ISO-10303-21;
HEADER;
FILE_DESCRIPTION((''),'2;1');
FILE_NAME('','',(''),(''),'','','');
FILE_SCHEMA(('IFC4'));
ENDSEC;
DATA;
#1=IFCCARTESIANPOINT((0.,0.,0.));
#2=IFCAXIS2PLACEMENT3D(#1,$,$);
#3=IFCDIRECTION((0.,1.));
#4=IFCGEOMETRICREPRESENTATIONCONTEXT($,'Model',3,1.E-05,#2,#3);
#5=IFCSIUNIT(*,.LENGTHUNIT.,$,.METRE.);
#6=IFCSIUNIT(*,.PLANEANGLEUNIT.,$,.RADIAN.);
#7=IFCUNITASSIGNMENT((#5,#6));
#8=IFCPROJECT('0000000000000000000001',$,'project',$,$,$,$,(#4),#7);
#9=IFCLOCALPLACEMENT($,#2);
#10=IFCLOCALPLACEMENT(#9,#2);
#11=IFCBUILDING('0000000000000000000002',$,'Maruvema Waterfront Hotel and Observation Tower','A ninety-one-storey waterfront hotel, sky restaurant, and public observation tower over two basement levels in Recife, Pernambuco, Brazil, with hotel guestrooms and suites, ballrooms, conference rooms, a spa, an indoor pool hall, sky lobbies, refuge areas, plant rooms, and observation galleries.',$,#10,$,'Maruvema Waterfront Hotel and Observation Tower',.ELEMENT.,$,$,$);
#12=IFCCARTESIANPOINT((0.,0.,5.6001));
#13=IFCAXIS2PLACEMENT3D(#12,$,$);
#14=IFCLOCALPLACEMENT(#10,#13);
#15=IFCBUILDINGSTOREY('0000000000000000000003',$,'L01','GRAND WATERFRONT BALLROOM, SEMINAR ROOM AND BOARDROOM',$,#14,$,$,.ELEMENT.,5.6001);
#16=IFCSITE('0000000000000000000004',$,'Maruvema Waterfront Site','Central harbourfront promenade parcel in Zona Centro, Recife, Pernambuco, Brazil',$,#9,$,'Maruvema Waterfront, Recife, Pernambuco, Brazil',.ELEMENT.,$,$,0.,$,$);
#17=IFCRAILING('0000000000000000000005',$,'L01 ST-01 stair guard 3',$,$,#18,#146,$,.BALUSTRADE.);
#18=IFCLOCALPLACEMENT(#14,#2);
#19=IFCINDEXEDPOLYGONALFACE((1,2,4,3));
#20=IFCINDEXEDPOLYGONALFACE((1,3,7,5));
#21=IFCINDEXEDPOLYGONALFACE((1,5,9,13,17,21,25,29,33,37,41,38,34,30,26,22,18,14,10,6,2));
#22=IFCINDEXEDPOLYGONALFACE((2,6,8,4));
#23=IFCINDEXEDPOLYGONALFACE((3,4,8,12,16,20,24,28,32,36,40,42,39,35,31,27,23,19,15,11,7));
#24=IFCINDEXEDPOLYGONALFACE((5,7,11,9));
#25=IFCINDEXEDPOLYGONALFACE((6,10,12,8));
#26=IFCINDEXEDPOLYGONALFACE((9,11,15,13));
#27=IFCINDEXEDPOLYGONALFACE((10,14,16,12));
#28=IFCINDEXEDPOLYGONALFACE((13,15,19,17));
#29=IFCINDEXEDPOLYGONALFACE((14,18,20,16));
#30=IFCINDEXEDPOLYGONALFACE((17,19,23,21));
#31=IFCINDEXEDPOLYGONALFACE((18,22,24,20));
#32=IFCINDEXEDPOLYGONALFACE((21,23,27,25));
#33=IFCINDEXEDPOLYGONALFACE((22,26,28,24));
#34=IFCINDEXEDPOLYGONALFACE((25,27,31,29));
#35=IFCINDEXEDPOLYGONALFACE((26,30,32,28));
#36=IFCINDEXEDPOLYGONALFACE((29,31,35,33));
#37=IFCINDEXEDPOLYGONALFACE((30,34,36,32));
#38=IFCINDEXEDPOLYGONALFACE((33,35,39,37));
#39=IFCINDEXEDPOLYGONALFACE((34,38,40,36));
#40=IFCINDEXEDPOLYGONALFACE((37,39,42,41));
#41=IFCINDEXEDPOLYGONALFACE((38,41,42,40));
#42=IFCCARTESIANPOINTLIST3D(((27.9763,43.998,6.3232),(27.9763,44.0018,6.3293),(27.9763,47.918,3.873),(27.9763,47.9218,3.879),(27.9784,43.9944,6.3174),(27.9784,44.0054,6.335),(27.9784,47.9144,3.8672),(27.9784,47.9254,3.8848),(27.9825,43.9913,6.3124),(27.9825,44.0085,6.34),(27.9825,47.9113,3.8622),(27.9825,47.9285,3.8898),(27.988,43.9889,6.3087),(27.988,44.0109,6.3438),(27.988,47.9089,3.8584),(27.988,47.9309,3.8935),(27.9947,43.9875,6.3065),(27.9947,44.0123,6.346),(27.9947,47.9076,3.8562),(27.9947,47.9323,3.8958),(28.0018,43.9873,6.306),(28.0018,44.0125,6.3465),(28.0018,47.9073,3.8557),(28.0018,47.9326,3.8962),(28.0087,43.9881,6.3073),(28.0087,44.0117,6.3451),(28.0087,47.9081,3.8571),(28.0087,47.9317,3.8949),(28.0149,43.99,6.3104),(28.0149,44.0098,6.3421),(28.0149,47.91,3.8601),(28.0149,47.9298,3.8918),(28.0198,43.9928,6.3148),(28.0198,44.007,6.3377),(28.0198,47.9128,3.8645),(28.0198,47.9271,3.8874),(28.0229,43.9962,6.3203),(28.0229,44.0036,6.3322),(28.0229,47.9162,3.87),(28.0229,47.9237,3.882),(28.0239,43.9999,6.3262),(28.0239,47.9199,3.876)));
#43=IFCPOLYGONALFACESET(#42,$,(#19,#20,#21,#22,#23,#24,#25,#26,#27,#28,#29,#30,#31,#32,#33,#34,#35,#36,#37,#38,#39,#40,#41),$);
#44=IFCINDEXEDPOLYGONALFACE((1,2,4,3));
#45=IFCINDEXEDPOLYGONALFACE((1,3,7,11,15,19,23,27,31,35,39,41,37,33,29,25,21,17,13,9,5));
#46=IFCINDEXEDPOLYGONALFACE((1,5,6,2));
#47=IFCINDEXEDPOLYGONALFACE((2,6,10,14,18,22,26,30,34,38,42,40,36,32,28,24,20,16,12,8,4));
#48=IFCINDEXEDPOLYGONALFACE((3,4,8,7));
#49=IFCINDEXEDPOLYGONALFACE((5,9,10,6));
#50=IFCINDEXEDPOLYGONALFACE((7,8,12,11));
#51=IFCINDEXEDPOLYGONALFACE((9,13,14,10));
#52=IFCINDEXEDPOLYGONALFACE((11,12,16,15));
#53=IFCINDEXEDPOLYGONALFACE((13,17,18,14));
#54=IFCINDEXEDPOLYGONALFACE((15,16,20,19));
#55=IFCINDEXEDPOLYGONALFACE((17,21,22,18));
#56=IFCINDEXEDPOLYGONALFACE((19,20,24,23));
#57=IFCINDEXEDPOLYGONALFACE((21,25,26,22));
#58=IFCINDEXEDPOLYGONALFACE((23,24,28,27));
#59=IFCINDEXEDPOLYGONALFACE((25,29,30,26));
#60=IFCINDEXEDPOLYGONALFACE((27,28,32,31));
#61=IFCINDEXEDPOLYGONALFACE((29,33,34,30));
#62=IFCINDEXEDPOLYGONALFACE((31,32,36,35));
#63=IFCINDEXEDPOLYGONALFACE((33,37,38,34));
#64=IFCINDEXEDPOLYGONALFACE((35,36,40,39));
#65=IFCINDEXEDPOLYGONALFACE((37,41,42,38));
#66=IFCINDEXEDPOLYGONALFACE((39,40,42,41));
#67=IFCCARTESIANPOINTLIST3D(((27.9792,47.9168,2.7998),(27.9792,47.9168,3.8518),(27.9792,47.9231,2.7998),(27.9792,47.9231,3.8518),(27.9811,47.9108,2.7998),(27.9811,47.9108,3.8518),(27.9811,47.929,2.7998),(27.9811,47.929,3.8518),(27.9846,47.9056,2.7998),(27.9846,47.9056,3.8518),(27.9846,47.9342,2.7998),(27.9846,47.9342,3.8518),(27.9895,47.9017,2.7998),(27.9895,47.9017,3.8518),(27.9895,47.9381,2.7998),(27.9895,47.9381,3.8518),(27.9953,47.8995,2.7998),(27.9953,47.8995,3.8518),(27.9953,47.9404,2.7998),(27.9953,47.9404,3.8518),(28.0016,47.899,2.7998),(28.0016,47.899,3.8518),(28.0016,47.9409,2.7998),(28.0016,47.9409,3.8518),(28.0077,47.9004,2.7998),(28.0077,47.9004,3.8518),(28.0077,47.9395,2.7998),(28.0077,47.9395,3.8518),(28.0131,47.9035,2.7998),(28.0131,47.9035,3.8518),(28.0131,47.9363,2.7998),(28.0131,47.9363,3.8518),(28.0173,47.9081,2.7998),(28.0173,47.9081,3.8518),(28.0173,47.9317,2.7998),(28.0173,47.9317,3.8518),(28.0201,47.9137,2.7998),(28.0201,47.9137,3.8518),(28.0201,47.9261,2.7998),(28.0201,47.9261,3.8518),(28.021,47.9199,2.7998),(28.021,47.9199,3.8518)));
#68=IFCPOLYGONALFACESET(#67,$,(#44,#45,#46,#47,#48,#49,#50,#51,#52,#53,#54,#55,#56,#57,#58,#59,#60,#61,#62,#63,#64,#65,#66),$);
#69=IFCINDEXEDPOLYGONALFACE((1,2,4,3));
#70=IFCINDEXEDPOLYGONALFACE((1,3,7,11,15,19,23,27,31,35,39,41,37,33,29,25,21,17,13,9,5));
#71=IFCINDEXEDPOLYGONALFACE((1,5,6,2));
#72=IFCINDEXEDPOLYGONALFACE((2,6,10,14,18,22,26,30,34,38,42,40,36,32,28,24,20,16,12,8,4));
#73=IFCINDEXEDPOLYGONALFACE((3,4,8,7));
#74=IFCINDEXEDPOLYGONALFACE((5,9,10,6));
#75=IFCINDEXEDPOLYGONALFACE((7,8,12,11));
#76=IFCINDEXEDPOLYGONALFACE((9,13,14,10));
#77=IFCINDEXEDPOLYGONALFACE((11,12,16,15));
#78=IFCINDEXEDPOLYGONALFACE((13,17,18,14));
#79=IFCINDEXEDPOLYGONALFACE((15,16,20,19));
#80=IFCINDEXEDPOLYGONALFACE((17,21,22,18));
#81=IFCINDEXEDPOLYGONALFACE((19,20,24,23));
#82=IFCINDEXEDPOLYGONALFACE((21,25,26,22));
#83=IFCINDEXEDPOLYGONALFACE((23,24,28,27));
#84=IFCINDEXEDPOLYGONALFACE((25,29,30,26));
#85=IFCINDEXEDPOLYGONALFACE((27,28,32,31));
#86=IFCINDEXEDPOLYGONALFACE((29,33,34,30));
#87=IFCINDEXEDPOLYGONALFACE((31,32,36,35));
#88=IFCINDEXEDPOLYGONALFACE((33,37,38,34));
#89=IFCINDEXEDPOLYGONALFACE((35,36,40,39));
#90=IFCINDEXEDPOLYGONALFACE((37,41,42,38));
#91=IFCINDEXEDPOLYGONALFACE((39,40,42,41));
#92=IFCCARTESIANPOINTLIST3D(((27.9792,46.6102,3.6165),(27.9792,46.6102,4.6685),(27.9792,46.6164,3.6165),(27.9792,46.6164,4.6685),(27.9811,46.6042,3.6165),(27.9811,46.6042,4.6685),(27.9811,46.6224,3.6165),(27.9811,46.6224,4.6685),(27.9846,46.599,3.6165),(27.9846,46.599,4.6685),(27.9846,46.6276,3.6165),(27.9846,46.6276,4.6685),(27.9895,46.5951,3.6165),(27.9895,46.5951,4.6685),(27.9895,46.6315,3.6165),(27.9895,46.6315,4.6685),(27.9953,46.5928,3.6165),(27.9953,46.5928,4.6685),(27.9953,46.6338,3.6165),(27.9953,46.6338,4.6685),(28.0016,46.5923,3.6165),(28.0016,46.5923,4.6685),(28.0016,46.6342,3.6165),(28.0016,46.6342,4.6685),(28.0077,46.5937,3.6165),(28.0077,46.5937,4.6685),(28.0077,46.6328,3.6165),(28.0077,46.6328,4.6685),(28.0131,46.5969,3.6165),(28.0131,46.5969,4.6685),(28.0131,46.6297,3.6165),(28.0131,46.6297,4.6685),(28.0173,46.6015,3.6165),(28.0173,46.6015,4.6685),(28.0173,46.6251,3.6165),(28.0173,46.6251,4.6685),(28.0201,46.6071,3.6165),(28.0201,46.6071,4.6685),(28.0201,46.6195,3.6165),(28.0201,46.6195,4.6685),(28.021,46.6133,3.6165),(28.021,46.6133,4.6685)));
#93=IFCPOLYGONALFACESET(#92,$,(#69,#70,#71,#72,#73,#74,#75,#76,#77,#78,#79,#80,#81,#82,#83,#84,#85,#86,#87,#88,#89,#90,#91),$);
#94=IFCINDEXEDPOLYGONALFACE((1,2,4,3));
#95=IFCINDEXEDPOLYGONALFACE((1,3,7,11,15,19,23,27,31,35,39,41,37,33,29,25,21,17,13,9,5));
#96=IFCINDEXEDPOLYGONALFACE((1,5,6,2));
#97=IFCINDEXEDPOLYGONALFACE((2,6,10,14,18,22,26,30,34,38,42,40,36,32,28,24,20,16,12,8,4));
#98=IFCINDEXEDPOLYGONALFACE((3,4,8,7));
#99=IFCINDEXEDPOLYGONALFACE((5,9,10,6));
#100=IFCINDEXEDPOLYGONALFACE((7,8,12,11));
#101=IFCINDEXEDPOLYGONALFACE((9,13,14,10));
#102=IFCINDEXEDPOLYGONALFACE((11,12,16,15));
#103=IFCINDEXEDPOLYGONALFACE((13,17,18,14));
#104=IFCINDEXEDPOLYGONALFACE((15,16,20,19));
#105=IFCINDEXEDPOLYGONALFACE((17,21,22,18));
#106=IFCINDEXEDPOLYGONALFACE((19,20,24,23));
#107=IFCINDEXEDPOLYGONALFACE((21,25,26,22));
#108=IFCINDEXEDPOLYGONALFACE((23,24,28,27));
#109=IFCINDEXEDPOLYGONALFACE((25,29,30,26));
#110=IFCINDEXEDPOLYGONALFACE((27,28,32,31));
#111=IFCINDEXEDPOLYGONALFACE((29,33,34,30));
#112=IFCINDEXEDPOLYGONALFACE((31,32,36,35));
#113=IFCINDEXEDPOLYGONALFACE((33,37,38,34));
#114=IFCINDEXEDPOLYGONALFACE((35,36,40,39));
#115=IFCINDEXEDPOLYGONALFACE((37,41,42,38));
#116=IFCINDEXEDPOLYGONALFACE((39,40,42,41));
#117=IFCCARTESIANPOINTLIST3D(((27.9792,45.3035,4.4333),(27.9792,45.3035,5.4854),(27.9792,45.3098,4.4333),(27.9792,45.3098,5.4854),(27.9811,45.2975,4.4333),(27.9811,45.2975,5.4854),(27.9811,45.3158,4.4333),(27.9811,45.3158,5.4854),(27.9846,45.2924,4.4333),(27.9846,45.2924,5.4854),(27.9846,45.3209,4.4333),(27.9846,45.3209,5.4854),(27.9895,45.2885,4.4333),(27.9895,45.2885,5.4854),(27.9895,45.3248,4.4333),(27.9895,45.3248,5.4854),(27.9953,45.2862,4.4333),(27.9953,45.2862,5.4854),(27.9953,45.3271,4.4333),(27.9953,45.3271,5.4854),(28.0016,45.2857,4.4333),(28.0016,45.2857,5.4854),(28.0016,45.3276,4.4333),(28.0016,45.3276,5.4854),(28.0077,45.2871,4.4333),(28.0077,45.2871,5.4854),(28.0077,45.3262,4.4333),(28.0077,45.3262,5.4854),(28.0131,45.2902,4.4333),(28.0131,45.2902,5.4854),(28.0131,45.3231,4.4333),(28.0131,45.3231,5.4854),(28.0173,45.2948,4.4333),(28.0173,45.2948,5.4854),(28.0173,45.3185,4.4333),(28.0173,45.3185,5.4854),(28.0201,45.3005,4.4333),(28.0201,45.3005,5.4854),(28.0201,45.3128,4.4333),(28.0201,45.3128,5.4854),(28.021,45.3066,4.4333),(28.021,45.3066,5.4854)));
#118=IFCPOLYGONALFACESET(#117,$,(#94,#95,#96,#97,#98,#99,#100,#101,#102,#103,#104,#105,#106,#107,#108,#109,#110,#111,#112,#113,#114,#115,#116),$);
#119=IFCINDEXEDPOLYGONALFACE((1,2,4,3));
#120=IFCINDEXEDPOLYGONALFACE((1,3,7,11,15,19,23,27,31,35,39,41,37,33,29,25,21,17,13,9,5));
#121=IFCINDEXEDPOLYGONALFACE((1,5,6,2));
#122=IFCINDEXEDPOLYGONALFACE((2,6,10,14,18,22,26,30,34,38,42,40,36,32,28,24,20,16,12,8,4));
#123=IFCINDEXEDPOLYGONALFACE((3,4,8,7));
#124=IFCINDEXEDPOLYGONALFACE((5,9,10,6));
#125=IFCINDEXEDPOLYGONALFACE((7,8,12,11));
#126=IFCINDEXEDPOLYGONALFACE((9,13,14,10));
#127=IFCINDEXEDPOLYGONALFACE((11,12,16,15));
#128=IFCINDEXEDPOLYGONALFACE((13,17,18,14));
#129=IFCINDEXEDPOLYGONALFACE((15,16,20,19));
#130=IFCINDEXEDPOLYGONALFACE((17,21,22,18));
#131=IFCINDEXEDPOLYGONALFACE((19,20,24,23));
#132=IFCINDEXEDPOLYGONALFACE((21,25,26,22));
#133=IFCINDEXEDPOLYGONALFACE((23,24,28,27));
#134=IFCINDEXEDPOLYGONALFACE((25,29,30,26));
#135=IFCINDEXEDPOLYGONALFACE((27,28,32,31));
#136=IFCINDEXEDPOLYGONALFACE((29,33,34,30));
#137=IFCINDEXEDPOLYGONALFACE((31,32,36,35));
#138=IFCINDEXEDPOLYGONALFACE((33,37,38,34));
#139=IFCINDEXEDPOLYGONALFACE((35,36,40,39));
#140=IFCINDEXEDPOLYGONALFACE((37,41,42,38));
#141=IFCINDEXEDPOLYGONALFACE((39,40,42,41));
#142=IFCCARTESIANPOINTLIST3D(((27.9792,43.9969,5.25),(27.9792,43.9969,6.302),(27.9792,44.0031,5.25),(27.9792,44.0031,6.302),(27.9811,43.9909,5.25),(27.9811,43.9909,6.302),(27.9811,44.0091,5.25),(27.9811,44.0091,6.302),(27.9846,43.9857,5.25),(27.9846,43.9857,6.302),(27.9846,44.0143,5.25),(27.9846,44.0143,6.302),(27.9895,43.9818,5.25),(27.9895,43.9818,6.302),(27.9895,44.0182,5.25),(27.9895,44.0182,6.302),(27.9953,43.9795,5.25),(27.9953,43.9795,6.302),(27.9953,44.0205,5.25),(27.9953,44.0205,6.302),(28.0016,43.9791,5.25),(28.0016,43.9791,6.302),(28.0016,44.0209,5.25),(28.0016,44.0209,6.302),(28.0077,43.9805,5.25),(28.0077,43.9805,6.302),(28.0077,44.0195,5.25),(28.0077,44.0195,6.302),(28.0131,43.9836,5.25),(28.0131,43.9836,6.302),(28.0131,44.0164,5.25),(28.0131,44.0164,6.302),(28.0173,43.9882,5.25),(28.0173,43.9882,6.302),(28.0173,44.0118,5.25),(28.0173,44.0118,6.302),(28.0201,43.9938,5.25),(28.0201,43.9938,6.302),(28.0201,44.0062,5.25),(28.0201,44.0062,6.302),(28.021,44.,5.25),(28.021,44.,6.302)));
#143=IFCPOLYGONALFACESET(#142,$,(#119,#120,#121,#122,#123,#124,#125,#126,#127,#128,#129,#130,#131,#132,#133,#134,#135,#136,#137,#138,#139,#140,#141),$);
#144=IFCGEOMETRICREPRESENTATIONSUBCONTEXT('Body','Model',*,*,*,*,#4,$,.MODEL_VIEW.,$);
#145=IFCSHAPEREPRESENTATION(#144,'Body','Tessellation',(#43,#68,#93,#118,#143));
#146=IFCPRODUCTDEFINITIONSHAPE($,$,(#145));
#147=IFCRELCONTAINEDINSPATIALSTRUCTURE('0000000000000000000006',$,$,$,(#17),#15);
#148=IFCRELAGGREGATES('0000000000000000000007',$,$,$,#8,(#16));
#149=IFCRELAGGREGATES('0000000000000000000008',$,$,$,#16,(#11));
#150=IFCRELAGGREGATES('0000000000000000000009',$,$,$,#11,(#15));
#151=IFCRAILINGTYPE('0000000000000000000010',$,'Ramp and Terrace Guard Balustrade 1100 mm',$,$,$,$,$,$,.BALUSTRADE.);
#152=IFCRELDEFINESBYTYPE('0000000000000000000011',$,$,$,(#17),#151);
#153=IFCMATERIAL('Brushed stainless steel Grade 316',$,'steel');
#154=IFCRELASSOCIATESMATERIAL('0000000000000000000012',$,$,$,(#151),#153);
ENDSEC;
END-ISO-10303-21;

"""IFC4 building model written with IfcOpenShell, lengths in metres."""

from ifc_helpers import new_model, si_unit, direction, frame, origin, origin_2d, place, context, subcontext, project, spatial, circle, extrude, material, type_object, element, save


model = new_model("IFC4")

# Units and contexts
model_context = context("Model", 3, precision=1e-05, world=origin(), true_north=direction((0.0, 1.0)))
body_context = subcontext(model_context, "Body", "Model", "MODEL_VIEW")
ifc_project = project(units=[si_unit("LENGTHUNIT", "METRE"), si_unit("PLANEANGLEUNIT", "RADIAN")], contexts=[model_context])

# Site, building, storey
site_placement = place(None, origin())
site = spatial("IfcSite", under=ifc_project, at=site_placement, Name="Maruvema Waterfront Site", Description="Central harbourfront promenade parcel in Zona Centro, Recife, Pernambuco, Brazil", LongName="Maruvema Waterfront, Recife, Pernambuco, Brazil", CompositionType="ELEMENT", RefElevation=0.0)
building_placement = place(site_placement, origin())
building = spatial("IfcBuilding", under=site, at=building_placement, Name="Maruvema Waterfront Hotel and Observation Tower", Description="A ninety-one-storey waterfront hotel, sky restaurant, and public observation tower over two basement levels in Recife, Pernambuco, Brazil, with hotel guestrooms and suites, ballrooms, conference rooms, a spa, an indoor pool hall, sky lobbies, refuge areas, plant rooms, and observation galleries.", LongName="Maruvema Waterfront Hotel and Observation Tower", CompositionType="ELEMENT")
storey_placement = place(building_placement, frame((0.0, 0.0, 5.6001)))
storey = spatial("IfcBuildingStorey", under=building, at=storey_placement, Name="L01", Description="GRAND WATERFRONT BALLROOM, SEMINAR ROOM AND BOARDROOM", CompositionType="ELEMENT", Elevation=5.6001)

# Railing
ifc_material_1 = material(Name="Brushed stainless steel Grade 316", Category="steel")
railing_type_1 = type_object("IfcRailingType", Name="Ramp and Terrace Guard Balustrade 1100 mm", PredefinedType="BALUSTRADE", material=ifc_material_1)
railing_1_placement = place(storey_placement, frame((28.0, 47.9199, 2.7998)))
element("IfcRailing", 1, at=railing_1_placement, inside=storey, type_object=railing_type_1, Name="L01 ST-01 stair guard 3", PredefinedType="BALUSTRADE", context=body_context, shape_type="SweptSolid", body=[
    extrude(circle(Radius=0.0239, at=origin_2d()), frame((0.0, 0.0, 1.0762), z_axis=(0.0, -0.847975, 0.530037), x_axis=(1.0, 0.0, 0.0)), (0.0, 0.0, 1.0), 4.6228),
    extrude(circle(Radius=0.021, at=origin_2d()), origin(), (0.0, 0.0, 1.0), 1.052),
    extrude(circle(Radius=0.021, at=origin_2d()), frame((0.0, -1.3066, 0.8167)), (0.0, 0.0, 1.0), 1.052),
    extrude(circle(Radius=0.021, at=origin_2d()), frame((0.0, -2.6133, 1.6335)), (0.0, 0.0, 1.0), 1.052),
    extrude(circle(Radius=0.021, at=origin_2d()), frame((0.0, -3.9199, 2.4502)), (0.0, 0.0, 1.0), 1.052),
])

save(model, "model.ifc")
